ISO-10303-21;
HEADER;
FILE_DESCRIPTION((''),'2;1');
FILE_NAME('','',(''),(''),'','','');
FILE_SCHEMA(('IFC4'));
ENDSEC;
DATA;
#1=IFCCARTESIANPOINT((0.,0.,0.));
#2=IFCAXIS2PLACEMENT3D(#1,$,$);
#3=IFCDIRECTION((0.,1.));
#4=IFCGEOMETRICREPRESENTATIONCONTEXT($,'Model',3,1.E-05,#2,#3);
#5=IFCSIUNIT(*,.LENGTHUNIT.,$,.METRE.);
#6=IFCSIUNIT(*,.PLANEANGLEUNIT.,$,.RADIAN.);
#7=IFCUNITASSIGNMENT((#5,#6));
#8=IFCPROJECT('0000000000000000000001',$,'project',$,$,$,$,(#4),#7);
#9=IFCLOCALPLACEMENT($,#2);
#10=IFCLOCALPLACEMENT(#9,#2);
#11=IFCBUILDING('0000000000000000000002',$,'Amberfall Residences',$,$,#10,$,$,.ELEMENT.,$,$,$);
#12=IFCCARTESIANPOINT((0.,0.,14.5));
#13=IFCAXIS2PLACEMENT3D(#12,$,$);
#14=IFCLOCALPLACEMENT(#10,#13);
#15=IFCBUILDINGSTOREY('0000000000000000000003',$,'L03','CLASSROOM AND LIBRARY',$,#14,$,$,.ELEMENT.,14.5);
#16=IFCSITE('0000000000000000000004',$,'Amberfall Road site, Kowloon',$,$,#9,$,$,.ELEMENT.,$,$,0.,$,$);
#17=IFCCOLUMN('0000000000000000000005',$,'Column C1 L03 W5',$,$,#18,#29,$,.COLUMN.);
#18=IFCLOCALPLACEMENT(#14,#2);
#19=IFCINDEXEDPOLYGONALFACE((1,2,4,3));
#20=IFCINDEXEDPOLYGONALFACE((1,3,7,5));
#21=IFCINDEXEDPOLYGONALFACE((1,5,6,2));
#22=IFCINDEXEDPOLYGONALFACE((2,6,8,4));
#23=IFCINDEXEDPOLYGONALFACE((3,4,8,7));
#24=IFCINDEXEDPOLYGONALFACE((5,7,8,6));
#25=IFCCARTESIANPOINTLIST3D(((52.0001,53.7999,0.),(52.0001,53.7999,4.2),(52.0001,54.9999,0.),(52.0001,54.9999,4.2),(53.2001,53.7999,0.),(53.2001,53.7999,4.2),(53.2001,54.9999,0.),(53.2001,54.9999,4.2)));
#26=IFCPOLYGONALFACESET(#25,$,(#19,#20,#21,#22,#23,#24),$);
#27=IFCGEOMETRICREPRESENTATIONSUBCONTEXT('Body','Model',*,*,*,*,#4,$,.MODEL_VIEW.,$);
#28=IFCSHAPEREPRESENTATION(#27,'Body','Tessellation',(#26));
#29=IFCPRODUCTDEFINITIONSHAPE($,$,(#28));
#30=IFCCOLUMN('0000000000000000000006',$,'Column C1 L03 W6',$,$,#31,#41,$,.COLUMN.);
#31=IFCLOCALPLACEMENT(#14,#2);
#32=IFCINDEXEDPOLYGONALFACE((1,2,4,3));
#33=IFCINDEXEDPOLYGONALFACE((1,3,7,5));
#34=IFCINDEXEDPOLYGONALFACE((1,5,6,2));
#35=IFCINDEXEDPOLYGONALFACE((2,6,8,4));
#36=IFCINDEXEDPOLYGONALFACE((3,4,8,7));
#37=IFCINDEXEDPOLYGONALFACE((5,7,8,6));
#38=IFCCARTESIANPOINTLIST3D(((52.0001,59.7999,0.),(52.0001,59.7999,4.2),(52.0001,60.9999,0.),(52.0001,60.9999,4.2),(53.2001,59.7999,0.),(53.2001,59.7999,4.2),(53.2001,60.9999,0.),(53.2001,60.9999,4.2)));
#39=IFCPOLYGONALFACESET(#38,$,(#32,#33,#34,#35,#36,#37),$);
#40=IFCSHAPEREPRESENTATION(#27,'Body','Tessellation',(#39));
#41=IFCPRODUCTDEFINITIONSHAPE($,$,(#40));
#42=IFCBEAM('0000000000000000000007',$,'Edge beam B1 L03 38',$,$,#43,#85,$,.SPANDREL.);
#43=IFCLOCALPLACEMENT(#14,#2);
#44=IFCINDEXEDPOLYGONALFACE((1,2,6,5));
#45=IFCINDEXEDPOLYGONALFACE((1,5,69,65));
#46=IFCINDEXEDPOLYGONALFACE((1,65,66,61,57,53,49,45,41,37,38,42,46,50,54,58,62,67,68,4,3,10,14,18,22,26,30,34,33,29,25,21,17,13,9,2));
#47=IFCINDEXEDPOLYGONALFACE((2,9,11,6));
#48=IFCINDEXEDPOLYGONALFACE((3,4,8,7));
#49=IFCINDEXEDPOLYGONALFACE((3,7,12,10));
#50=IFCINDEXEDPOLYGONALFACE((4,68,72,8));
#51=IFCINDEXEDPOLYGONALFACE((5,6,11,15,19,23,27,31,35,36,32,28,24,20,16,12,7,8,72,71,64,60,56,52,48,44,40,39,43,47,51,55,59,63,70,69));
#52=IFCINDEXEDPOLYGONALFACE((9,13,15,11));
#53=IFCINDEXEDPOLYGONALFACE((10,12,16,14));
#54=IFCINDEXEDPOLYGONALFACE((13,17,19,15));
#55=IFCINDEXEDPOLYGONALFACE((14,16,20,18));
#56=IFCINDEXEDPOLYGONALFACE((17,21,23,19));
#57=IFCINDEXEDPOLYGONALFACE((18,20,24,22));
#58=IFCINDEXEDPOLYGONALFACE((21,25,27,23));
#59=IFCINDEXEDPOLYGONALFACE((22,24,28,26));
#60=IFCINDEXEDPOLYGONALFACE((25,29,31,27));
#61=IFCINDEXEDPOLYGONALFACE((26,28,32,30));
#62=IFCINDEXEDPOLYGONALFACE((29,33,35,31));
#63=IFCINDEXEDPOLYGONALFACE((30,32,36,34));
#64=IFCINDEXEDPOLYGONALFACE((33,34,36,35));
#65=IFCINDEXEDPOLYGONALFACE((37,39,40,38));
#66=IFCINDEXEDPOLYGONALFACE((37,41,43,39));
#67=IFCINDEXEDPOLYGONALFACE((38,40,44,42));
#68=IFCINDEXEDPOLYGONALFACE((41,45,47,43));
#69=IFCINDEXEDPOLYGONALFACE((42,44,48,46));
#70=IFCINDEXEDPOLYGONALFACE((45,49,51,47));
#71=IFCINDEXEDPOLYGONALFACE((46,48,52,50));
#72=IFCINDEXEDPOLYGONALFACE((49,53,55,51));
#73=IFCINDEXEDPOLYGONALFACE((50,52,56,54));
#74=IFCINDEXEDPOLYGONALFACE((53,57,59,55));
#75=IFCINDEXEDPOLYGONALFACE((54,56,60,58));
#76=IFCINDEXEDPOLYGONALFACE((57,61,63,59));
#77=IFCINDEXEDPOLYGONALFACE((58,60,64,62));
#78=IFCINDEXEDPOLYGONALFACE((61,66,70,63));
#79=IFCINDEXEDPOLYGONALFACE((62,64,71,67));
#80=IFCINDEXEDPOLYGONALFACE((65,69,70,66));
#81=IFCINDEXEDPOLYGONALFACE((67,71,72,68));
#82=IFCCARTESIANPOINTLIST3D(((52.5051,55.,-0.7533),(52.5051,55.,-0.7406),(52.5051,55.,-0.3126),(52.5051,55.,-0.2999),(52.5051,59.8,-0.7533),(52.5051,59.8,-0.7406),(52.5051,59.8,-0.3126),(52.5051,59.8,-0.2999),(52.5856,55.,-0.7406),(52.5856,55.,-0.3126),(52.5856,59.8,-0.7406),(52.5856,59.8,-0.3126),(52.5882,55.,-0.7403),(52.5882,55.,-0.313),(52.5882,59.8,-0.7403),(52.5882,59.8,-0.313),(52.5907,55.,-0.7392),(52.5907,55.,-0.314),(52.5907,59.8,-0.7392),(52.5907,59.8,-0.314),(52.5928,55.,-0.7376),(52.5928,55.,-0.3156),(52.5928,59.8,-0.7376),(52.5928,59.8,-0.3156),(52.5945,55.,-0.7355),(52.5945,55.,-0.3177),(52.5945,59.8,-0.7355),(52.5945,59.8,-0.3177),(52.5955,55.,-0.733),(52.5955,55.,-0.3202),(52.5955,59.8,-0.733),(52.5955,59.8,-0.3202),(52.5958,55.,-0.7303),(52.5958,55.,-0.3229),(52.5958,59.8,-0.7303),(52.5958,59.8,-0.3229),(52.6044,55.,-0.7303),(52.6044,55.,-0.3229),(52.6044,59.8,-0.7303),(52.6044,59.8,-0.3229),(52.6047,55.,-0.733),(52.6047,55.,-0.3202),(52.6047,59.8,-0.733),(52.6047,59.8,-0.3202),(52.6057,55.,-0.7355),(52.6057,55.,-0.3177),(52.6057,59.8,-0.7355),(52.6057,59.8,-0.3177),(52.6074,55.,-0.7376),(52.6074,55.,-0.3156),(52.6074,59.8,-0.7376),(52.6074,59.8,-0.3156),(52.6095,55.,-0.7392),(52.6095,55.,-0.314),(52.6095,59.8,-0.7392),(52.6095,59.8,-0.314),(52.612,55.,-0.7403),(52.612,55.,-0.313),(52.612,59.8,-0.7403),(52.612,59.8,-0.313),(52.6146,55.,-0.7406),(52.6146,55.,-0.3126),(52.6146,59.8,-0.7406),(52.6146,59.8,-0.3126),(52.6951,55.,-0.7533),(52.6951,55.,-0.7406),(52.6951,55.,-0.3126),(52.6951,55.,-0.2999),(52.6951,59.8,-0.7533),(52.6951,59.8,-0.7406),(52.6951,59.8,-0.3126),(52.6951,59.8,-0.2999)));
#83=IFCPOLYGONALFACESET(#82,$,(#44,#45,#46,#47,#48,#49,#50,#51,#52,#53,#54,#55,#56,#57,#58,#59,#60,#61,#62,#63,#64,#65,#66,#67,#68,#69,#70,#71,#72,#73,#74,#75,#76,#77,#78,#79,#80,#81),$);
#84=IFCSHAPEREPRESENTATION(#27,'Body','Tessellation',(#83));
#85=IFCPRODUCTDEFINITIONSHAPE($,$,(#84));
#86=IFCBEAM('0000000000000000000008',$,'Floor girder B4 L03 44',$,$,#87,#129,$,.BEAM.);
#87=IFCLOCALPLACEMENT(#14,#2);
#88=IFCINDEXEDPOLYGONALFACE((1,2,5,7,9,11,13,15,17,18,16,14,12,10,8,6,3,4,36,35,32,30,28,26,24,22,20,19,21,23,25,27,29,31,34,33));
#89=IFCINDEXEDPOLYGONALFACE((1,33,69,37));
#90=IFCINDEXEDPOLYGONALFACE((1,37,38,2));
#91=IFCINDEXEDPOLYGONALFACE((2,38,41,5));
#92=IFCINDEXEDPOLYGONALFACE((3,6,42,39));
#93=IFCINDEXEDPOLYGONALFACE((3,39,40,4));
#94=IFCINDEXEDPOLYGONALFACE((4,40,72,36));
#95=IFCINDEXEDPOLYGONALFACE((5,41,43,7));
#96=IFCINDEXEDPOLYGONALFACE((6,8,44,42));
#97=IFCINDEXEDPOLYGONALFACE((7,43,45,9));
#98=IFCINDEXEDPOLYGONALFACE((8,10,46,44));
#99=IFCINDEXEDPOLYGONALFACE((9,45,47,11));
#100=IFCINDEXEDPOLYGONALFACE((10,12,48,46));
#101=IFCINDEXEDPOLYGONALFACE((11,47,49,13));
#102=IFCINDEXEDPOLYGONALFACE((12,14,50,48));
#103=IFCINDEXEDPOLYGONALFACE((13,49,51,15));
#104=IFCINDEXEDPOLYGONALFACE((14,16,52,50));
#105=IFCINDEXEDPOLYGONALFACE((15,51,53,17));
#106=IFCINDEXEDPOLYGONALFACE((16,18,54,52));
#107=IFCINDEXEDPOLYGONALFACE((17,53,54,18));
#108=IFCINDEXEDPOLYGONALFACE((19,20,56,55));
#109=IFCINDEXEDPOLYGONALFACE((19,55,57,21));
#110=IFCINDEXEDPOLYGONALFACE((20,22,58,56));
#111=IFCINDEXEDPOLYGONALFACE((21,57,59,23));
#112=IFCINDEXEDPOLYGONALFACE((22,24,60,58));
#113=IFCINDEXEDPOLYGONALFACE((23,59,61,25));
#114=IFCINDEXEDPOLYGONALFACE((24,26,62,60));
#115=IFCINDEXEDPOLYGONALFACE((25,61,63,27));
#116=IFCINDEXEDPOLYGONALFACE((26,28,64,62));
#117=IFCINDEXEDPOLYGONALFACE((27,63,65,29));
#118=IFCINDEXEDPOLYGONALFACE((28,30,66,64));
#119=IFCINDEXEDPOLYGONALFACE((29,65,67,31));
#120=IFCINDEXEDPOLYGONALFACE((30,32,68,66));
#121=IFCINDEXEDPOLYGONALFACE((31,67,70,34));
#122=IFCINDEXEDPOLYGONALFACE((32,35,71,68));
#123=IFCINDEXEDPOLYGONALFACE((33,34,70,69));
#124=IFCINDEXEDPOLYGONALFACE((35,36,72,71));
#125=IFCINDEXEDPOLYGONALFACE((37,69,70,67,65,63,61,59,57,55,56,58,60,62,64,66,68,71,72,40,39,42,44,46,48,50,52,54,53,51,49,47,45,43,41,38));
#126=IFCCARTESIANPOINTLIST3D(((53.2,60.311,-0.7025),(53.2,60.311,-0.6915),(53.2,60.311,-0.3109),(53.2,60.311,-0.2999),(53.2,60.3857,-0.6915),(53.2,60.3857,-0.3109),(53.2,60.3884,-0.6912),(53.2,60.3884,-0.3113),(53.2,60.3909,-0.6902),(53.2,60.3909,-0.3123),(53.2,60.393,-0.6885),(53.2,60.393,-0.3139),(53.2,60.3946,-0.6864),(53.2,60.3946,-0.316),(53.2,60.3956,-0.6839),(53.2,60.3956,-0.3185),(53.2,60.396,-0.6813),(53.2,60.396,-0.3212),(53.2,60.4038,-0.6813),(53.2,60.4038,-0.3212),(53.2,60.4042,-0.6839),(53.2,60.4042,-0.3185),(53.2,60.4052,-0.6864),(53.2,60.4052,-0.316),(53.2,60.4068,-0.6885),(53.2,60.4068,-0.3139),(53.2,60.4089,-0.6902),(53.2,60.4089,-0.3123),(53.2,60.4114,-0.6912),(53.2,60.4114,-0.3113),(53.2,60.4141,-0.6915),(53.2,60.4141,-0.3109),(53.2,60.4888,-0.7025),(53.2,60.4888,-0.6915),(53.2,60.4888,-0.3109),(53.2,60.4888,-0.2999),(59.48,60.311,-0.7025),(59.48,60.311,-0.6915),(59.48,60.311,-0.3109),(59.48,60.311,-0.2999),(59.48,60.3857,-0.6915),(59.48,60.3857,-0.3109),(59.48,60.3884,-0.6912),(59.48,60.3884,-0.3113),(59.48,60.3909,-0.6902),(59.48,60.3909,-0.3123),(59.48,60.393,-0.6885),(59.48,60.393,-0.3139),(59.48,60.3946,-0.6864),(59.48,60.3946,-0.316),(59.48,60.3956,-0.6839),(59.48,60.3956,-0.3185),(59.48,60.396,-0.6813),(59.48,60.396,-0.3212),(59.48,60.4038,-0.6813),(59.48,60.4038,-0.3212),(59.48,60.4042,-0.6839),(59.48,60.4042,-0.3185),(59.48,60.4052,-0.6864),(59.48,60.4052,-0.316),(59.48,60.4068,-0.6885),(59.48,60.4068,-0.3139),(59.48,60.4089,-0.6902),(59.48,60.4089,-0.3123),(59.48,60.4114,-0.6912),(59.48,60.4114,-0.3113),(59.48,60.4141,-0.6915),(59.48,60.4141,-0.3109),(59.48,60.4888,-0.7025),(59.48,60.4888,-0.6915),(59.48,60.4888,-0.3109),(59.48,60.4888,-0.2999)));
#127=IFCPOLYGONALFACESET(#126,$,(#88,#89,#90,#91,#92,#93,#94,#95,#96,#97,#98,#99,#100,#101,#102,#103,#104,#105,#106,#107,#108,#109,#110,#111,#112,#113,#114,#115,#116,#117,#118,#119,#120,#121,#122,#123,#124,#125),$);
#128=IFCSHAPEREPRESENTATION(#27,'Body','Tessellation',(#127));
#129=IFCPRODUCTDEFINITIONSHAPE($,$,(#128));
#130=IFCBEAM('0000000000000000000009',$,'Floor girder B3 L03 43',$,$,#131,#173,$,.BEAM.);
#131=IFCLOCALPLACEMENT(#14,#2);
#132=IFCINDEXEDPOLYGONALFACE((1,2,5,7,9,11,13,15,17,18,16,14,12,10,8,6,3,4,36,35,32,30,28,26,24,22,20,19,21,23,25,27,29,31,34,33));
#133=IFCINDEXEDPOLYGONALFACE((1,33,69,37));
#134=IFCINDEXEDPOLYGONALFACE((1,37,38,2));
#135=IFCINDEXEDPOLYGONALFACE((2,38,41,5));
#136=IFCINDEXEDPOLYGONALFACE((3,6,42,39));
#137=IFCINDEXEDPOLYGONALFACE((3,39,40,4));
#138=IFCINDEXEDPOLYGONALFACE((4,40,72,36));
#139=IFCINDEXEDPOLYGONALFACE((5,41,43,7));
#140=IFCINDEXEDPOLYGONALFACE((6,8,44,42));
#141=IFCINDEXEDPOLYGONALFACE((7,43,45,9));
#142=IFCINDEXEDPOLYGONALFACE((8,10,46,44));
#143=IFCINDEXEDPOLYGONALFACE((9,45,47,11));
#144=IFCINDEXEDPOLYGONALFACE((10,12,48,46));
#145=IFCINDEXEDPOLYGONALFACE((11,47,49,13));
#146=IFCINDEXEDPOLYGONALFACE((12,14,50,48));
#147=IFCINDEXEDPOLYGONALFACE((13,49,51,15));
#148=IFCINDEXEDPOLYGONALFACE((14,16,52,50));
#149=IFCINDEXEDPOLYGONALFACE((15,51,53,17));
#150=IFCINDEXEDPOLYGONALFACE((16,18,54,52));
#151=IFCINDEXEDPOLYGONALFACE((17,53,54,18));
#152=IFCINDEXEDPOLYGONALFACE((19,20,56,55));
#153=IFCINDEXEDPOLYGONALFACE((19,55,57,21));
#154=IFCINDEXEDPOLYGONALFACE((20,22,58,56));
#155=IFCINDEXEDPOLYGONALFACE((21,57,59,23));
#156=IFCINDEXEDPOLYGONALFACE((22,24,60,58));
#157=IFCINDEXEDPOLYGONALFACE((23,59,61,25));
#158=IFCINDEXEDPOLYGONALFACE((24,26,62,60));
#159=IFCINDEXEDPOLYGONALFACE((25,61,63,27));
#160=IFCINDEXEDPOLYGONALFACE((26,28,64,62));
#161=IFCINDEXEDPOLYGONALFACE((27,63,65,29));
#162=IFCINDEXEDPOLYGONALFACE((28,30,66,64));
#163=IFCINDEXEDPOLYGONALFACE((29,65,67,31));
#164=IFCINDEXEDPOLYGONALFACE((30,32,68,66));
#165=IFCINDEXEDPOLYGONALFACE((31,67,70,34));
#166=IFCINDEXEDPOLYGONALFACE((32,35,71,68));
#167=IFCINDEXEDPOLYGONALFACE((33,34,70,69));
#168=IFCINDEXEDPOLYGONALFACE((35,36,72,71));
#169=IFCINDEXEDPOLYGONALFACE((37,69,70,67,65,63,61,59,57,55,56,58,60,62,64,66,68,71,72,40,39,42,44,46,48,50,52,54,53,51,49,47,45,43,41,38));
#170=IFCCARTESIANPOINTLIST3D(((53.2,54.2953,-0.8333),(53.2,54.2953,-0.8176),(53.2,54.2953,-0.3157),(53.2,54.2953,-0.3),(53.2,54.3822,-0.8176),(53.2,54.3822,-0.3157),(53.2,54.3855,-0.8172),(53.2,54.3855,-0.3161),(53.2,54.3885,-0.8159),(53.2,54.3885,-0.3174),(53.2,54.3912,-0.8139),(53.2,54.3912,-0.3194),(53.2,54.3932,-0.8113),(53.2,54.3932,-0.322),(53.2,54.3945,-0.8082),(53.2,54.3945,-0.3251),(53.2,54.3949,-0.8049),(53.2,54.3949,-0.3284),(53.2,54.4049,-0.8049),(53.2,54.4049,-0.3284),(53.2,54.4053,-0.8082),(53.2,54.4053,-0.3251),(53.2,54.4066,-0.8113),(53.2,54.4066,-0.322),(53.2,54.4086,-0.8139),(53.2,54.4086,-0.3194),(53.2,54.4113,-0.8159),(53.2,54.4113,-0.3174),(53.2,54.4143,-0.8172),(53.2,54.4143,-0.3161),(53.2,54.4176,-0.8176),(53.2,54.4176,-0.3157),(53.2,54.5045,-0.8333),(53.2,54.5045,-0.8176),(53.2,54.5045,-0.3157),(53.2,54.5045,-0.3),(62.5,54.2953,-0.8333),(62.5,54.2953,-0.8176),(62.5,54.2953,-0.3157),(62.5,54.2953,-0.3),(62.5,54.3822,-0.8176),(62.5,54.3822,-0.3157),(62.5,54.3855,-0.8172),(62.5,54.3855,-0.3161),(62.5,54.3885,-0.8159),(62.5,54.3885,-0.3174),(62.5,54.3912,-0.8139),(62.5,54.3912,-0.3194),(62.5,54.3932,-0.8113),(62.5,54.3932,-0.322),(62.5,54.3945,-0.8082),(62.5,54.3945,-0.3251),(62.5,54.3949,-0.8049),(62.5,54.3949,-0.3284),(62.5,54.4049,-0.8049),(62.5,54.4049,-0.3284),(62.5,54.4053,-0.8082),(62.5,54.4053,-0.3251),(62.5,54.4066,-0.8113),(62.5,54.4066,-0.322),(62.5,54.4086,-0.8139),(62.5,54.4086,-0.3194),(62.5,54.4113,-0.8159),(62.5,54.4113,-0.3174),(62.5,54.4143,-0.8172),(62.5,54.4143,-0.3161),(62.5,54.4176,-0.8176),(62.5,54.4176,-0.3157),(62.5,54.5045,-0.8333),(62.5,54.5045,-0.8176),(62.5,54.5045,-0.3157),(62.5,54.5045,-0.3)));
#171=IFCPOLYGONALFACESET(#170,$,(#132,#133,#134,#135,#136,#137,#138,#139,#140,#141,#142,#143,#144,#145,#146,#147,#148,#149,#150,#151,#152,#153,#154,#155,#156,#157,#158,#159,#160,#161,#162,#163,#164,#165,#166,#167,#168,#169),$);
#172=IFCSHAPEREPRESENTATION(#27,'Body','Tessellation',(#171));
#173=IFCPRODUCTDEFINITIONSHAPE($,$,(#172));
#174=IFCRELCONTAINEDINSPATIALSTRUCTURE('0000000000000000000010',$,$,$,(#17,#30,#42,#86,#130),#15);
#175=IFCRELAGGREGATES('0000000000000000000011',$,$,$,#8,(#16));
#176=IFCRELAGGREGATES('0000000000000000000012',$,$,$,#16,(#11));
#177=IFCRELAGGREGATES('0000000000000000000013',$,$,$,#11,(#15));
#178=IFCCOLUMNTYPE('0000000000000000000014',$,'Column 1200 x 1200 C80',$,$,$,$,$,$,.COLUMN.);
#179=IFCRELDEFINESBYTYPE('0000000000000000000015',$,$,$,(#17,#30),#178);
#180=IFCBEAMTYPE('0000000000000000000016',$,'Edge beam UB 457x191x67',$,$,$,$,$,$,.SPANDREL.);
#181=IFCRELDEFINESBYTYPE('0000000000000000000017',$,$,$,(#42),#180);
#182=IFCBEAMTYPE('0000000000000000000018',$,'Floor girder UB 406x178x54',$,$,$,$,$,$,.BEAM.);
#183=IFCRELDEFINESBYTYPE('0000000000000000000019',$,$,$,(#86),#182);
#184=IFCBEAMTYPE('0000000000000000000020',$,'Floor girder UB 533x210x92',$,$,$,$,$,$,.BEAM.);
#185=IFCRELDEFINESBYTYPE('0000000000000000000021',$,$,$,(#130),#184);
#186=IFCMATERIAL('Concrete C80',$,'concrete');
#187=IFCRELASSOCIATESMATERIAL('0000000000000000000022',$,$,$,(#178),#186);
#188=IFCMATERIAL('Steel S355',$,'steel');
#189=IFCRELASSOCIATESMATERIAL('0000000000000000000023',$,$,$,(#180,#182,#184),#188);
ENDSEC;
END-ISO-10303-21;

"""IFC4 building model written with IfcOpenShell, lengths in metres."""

from ifc_helpers import new_model, si_unit, direction, frame, origin, origin_2d, place, context, subcontext, project, spatial, rectangle, i_section, extrude, material, material_profile, profile_set, type_object, element, save


model = new_model("IFC4")

# Units and contexts
model_context = context("Model", 3, precision=1e-05, world=origin(), true_north=direction((0.0, 1.0)))
body_context = subcontext(model_context, "Body", "Model", "MODEL_VIEW")
ifc_project = project(units=[si_unit("LENGTHUNIT", "METRE"), si_unit("PLANEANGLEUNIT", "RADIAN")], contexts=[model_context])

# Site, building, storey
site_placement = place(None, origin())
site = spatial("IfcSite", under=ifc_project, at=site_placement, Name="Amberfall Road site, Kowloon", CompositionType="ELEMENT", RefElevation=0.0)
building_placement = place(site_placement, origin())
building = spatial("IfcBuilding", under=site, at=building_placement, Name="Amberfall Residences", CompositionType="ELEMENT")
storey_placement = place(building_placement, frame((0.0, 0.0, 14.5)))
storey = spatial("IfcBuildingStorey", under=building, at=storey_placement, Name="L03", Description="CLASSROOM AND LIBRARY", CompositionType="ELEMENT", Elevation=14.5)

# Columns
ifc_material_1 = material(Name="Concrete C80", Category="concrete")
ifc_material_profile_1 = material_profile(ifc_material_1, rectangle(XDim=1.2, YDim=1.2, at=origin_2d()), Name="Column 1200 x 1200 C80")
ifc_profile_set_1 = profile_set([ifc_material_profile_1], Name="Concrete C80")
column_type = type_object("IfcColumnType", Name="Column 1200 x 1200 C80", PredefinedType="COLUMN", material=ifc_profile_set_1)
for number, where, z_axis, x_axis, name in (
    (1, (52.6001, 54.3999, 0.0), (0.0, 0.0, 1.0), (1.0, 0.0, 0.0), "Column C1 L03 W5"),
    (2, (52.6001, 60.3999, 0.0), (0.0, 0.0, 1.0), (1.0, 0.0, 0.0), "Column C1 L03 W6"),
):
    element("IfcColumn", number, at=place(storey_placement, frame(where, z_axis=z_axis, x_axis=x_axis)), inside=storey, type_object=column_type, Name=name, PredefinedType="COLUMN", context=body_context, shape_type="SweptSolid", body=[
        extrude(rectangle(XDim=1.2, YDim=1.2, at=origin_2d()), origin(), (0.0, 0.0, 1.0), 4.2),
    ])

# Beams
ifc_material_2 = material(Name="Steel S355", Category="steel")
ifc_material_profile_2 = material_profile(ifc_material_2, i_section(OverallWidth=0.1899, OverallDepth=0.4534, WebThickness=0.0085, FlangeThickness=0.0127, FilletRadius=0.0103, at=origin_2d()), Name="UB 457x191x67")
ifc_profile_set_2 = profile_set([ifc_material_profile_2], Name="Steel S355")
beam_type_1 = type_object("IfcBeamType", Name="Edge beam UB 457x191x67", PredefinedType="SPANDREL", material=ifc_profile_set_2)
beam_1_placement = place(storey_placement, frame((52.6001, 55.0, -0.5266), z_axis=(0.0, 1.0, 0.0), x_axis=(-1.0, 0.0, 0.0)))
element("IfcBeam", 3, at=beam_1_placement, inside=storey, type_object=beam_type_1, Name="Edge beam B1 L03 38", PredefinedType="SPANDREL", context=body_context, shape_type="SweptSolid", body=[
    extrude(i_section(OverallWidth=0.1899, OverallDepth=0.4534, WebThickness=0.0085, FlangeThickness=0.0127, FilletRadius=0.0103, at=origin_2d()), origin(), (0.0, 0.0, 1.0), 4.8),
])
ifc_material_profile_3 = material_profile(ifc_material_2, i_section(OverallWidth=0.1777, OverallDepth=0.4026, WebThickness=0.0078, FlangeThickness=0.011, FilletRadius=0.0103, at=origin_2d()), Name="UB 406x178x54")
ifc_profile_set_3 = profile_set([ifc_material_profile_3], Name="Steel S355")
beam_type_2 = type_object("IfcBeamType", Name="Floor girder UB 406x178x54", PredefinedType="BEAM", material=ifc_profile_set_3)
beam_2_placement = place(storey_placement, frame((53.2, 60.3999, -0.5012), z_axis=(1.0, 0.0, 0.0), x_axis=(0.0, 1.0, 0.0)))
element("IfcBeam", 4, at=beam_2_placement, inside=storey, type_object=beam_type_2, Name="Floor girder B4 L03 44", PredefinedType="BEAM", context=body_context, shape_type="SweptSolid", body=[
    extrude(i_section(OverallWidth=0.1777, OverallDepth=0.4026, WebThickness=0.0078, FlangeThickness=0.011, FilletRadius=0.0103, at=origin_2d()), origin(), (0.0, 0.0, 1.0), 6.28),
])
ifc_material_profile_4 = material_profile(ifc_material_2, i_section(OverallWidth=0.2092, OverallDepth=0.5332, WebThickness=0.01, FlangeThickness=0.0156, FilletRadius=0.0127, at=origin_2d()), Name="UB 533x210x92")
ifc_profile_set_4 = profile_set([ifc_material_profile_4], Name="Steel S355")
beam_type_3 = type_object("IfcBeamType", Name="Floor girder UB 533x210x92", PredefinedType="BEAM", material=ifc_profile_set_4)
beam_3_placement = place(storey_placement, frame((53.2, 54.3999, -0.5667), z_axis=(1.0, 0.0, 0.0), x_axis=(0.0, 1.0, 0.0)))
element("IfcBeam", 5, at=beam_3_placement, inside=storey, type_object=beam_type_3, Name="Floor girder B3 L03 43", PredefinedType="BEAM", context=body_context, shape_type="SweptSolid", body=[
    extrude(i_section(OverallWidth=0.2092, OverallDepth=0.5332, WebThickness=0.01, FlangeThickness=0.0156, FilletRadius=0.0127, at=origin_2d()), origin(), (0.0, 0.0, 1.0), 9.3),
])

save(model, "model.ifc")
